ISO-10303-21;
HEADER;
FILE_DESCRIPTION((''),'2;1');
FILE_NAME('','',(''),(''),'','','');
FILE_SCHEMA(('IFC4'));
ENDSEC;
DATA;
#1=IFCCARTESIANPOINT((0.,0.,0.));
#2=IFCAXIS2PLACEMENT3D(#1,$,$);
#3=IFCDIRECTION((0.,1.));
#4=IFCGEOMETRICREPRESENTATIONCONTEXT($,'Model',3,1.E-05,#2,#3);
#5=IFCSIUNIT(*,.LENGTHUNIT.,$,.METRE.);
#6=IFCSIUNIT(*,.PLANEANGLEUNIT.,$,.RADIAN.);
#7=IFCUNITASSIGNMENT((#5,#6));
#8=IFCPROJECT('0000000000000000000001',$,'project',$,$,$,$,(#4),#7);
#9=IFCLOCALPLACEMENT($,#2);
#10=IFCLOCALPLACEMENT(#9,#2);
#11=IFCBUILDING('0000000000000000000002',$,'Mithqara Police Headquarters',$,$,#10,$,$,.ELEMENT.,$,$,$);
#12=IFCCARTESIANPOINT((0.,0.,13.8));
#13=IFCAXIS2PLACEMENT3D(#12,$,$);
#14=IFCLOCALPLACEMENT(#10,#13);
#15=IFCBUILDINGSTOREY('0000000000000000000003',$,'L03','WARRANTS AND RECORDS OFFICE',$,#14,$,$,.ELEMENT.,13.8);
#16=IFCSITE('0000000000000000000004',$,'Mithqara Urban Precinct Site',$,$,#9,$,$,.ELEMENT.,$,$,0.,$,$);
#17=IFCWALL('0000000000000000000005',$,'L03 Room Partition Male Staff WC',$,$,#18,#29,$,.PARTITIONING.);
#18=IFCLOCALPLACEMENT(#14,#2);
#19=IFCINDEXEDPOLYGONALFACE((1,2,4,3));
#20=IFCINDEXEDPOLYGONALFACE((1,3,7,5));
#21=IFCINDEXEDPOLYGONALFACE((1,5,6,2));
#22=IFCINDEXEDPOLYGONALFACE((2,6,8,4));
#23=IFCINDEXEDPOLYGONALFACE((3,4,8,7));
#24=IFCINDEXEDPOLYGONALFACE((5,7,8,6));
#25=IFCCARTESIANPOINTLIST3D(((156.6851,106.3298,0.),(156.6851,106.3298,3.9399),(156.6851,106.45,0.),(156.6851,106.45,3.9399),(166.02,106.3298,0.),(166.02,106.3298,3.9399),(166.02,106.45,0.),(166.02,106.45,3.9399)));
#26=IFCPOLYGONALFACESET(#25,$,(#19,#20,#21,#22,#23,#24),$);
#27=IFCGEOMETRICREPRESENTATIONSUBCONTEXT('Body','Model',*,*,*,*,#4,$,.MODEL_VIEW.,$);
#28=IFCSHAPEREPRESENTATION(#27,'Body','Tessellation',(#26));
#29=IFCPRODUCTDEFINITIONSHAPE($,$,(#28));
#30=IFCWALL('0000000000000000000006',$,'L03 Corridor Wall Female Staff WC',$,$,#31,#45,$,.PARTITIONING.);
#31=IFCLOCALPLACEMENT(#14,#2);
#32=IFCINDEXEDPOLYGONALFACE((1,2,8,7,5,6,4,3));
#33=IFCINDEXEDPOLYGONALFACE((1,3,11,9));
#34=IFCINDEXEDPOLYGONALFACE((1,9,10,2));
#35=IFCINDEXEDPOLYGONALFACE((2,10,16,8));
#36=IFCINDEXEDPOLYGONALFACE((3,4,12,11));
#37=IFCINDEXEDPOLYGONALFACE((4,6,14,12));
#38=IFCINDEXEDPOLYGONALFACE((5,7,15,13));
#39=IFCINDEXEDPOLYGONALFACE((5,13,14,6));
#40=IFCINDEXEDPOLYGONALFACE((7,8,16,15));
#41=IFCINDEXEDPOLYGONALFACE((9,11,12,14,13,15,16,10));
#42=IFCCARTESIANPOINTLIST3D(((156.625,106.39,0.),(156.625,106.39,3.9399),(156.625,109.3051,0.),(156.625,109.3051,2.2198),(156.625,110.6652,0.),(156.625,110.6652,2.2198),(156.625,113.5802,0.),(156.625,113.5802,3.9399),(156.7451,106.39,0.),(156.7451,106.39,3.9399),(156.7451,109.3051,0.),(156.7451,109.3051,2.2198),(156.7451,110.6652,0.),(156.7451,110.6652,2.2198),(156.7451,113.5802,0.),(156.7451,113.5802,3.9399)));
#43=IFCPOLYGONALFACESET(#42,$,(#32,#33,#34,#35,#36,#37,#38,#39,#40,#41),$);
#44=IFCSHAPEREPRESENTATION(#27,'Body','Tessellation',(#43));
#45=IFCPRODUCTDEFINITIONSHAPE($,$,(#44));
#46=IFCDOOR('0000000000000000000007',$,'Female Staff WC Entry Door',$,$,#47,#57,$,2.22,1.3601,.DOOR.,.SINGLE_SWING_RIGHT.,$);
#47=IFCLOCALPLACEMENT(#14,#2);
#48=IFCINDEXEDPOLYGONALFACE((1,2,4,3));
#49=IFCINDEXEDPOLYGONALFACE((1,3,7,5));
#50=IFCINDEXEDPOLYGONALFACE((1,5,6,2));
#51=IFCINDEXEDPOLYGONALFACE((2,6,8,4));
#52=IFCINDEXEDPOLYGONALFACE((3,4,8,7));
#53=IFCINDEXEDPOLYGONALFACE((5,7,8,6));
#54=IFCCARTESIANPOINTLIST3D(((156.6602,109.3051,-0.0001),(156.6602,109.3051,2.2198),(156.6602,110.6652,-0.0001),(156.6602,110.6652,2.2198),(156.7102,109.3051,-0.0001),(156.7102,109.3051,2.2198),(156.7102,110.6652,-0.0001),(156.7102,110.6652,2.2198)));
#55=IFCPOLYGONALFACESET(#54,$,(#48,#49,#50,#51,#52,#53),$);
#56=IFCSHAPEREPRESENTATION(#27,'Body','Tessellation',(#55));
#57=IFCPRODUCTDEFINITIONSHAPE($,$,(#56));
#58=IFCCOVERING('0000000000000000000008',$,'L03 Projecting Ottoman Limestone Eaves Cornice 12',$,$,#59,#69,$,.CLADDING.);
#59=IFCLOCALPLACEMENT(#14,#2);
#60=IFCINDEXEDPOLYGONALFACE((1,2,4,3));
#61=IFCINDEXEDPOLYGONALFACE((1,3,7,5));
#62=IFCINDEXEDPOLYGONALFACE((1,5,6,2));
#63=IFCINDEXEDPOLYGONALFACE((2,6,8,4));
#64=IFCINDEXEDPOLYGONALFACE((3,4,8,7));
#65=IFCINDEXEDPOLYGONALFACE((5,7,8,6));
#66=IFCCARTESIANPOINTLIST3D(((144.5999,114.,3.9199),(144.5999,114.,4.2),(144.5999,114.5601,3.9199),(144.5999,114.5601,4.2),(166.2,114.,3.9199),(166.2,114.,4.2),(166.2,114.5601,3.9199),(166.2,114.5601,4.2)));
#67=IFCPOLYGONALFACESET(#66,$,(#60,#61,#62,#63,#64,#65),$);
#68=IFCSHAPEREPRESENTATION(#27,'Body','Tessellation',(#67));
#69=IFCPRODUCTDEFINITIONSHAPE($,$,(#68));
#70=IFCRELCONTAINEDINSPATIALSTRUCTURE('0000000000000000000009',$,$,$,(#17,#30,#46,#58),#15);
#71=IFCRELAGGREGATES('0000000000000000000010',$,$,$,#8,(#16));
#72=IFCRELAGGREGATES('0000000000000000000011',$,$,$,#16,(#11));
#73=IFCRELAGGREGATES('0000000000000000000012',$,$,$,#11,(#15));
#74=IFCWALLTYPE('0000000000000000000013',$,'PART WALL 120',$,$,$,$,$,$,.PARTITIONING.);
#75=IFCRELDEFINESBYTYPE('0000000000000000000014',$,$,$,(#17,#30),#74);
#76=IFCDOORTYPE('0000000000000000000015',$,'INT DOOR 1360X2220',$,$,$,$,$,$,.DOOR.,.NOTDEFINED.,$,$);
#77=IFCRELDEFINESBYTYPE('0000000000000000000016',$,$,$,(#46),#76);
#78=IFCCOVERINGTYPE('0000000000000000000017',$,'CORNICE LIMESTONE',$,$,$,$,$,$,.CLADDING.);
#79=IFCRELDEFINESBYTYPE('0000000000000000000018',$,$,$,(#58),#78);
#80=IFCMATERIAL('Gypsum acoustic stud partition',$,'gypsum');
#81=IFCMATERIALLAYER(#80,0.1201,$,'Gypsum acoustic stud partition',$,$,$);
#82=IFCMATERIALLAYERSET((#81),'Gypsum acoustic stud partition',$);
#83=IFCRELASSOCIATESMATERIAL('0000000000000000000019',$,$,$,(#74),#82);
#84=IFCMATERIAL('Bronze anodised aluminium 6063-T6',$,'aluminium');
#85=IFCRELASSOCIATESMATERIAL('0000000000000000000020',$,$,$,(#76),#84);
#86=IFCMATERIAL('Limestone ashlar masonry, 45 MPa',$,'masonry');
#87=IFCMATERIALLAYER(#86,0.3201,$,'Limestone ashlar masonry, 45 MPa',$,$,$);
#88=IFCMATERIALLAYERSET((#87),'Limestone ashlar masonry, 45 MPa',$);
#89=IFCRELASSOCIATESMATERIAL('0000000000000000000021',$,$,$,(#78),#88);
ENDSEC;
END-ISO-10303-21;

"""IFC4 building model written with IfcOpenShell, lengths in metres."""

from ifc_helpers import new_model, si_unit, direction, frame, frame_2d, origin, origin_2d, place, context, subcontext, project, spatial, rectangle, extrude, material, layer, layer_set, type_object, element, fill, save


model = new_model("IFC4")

# Units and contexts
model_context = context("Model", 3, precision=1e-05, world=origin(), true_north=direction((0.0, 1.0)))
body_context = subcontext(model_context, "Body", "Model", "MODEL_VIEW")
ifc_project = project(units=[si_unit("LENGTHUNIT", "METRE"), si_unit("PLANEANGLEUNIT", "RADIAN")], contexts=[model_context])

# Site, building, storey
site_placement = place(None, origin())
site = spatial("IfcSite", under=ifc_project, at=site_placement, Name="Mithqara Urban Precinct Site", CompositionType="ELEMENT", RefElevation=0.0)
building_placement = place(site_placement, origin())
building = spatial("IfcBuilding", under=site, at=building_placement, Name="Mithqara Police Headquarters", CompositionType="ELEMENT")
storey_placement = place(building_placement, frame((0.0, 0.0, 13.8)))
storey = spatial("IfcBuildingStorey", under=building, at=storey_placement, Name="L03", Description="WARRANTS AND RECORDS OFFICE", CompositionType="ELEMENT", Elevation=13.8)

# Shared definitions
ifc_material_1 = material(Name="Bronze anodised aluminium 6063-T6", Category="aluminium")

# Shared definitions
ifc_material_2 = material(Name="Gypsum acoustic stud partition", Category="gypsum")
ifc_layer_1 = layer(ifc_material_2, 0.1201, Name="Gypsum acoustic stud partition")
ifc_layer_set_1 = layer_set([ifc_layer_1], Name="Gypsum acoustic stud partition")
wall_type = type_object("IfcWallType", Name="PART WALL 120", PredefinedType="PARTITIONING", material=ifc_layer_set_1)

# Wall
wall_1_placement = place(storey_placement, frame((156.6851, 106.3899, 0.0), z_axis=(0.0, 0.0, 1.0), x_axis=(1.0, 0.0, 0.0)))
element("IfcWall", 1, at=wall_1_placement, inside=storey, type_object=wall_type, Name="L03 Room Partition Male Staff WC", PredefinedType="PARTITIONING", context=body_context, shape_type="SweptSolid", body=[
    extrude(rectangle(XDim=9.335, YDim=0.1201, at=frame_2d((4.6675, 0.0))), origin(), (0.0, 0.0, 1.0), 3.9399),
])

# Wall, opening, door
wall_2_placement = place(storey_placement, frame((156.6851, 106.3899, 0.0), z_axis=(0.0, 0.0, 1.0), x_axis=(0.0, 1.0, 0.0)))
wall_2 = element("IfcWall", 2, at=wall_2_placement, inside=storey, type_object=wall_type, Name="L03 Corridor Wall Female Staff WC", PredefinedType="PARTITIONING", context=body_context, shape_type="SweptSolid", body=[
    extrude(rectangle(XDim=7.1902, YDim=0.1201, at=frame_2d((3.5952, 0.0))), origin(), (0.0, 0.0, 1.0), 3.9399),
])
opening_1_placement = place(wall_2_placement, frame((2.915, 0.0, 0.0)))
opening_1 = element("IfcOpeningElement", 3, at=opening_1_placement, cuts=wall_2, PredefinedType="OPENING", context=body_context, shape_type="SweptSolid", body=[
    extrude(rectangle(XDim=1.3601, YDim=2.22, at=frame_2d((0.6802, 1.1099))), frame((0.0, 0.0701, 0.0), z_axis=(0.0, -1.0, 0.0), x_axis=(1.0, 0.0, 0.0)), (0.0, 0.0, 1.0), 0.1401),
])
door_type_1 = type_object("IfcDoorType", Name="INT DOOR 1360X2220", OperationType="NOTDEFINED", PredefinedType="DOOR", material=ifc_material_1)
door_1_placement = place(opening_1_placement, origin())
door_1 = element("IfcDoor", 4, at=door_1_placement, inside=storey, type_object=door_type_1, Name="Female Staff WC Entry Door", OperationType="SINGLE_SWING_RIGHT", OverallHeight=2.22, OverallWidth=1.3601, PredefinedType="DOOR", context=body_context, shape_type="SweptSolid", body=[
    extrude(rectangle(XDim=1.3601, YDim=2.22, at=frame_2d((0.6802, 1.1099))), frame((0.0, 0.0249, 0.0), z_axis=(0.0, -1.0, 0.0), x_axis=(1.0, 0.0, 0.0)), (0.0, 0.0, 1.0), 0.05),
])
fill(opening_1, door_1)

# Covering
ifc_material_3 = material(Name="Limestone ashlar masonry, 45 MPa", Category="masonry")
ifc_layer_2 = layer(ifc_material_3, 0.3201, Name="Limestone ashlar masonry, 45 MPa")
ifc_layer_set_2 = layer_set([ifc_layer_2], Name="Limestone ashlar masonry, 45 MPa")
covering_type = type_object("IfcCoveringType", Name="CORNICE LIMESTONE", PredefinedType="CLADDING", material=ifc_layer_set_2)
covering_placement = place(storey_placement, frame((155.3999, 114.28, 3.9199), z_axis=(0.0, 0.0, 1.0), x_axis=(1.0, 0.0, 0.0)))
element("IfcCovering", 5, at=covering_placement, inside=storey, type_object=covering_type, Name="L03 Projecting Ottoman Limestone Eaves Cornice 12", PredefinedType="CLADDING", context=body_context, shape_type="SweptSolid", body=[
    extrude(rectangle(XDim=21.6001, YDim=0.5601, at=origin_2d()), origin(), (0.0, 0.0, 1.0), 0.28),
])

save(model, "model.ifc")
